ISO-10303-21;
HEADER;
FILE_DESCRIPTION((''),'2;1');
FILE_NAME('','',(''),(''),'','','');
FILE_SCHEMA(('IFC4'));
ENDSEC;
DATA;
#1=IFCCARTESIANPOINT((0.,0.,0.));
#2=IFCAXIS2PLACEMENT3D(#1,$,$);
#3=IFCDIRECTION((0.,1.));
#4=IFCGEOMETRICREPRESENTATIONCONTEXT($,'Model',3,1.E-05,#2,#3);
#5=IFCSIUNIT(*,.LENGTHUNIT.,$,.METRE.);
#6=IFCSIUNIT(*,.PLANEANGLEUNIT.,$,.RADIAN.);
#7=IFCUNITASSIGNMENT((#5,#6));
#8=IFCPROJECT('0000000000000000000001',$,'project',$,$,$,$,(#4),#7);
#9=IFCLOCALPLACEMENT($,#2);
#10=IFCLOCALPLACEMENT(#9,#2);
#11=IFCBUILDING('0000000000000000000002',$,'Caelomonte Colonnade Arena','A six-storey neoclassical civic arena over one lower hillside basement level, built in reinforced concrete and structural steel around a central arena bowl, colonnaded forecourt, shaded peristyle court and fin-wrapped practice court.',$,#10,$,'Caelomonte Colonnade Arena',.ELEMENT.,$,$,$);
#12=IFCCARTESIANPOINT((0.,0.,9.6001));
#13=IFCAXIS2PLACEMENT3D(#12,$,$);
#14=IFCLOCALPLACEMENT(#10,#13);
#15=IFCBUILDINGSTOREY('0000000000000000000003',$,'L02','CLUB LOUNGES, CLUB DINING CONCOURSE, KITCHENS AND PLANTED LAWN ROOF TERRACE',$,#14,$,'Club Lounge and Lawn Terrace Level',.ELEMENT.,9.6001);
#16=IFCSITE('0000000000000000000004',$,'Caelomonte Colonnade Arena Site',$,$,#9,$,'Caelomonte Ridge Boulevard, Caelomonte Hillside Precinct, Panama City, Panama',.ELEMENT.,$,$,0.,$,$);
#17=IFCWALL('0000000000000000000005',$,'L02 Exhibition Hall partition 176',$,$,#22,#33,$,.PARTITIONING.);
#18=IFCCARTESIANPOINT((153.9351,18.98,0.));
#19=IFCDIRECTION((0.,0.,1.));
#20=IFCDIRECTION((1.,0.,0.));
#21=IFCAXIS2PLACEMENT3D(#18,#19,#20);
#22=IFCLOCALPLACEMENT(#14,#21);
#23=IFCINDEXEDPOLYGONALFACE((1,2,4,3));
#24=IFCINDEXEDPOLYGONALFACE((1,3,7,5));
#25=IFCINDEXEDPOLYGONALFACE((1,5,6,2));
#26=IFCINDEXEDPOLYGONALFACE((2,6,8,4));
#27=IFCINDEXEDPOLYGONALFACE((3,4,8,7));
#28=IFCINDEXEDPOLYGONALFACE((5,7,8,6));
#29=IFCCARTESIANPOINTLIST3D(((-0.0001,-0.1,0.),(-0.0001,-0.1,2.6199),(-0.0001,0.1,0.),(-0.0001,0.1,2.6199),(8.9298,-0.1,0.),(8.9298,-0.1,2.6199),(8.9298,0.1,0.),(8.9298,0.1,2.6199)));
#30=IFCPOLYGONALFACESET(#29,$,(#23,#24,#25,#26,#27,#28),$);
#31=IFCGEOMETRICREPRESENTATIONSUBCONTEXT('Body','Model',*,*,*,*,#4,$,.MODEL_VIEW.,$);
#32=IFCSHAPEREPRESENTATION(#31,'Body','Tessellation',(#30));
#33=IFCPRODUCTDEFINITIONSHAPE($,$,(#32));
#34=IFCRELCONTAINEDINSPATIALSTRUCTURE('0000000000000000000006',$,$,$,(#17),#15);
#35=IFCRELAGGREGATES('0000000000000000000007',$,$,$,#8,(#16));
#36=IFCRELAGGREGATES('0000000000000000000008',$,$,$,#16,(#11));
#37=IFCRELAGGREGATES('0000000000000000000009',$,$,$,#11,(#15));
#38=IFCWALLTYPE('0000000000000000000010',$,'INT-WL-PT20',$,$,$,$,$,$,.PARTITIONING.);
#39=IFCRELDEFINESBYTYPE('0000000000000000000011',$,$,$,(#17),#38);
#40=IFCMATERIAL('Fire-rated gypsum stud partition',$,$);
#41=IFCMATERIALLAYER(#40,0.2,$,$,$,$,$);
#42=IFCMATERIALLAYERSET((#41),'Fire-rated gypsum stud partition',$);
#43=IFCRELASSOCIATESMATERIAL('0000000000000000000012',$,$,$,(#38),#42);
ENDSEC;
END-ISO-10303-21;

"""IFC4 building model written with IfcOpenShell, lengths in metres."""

from ifc_helpers import new_model, si_unit, direction, frame, frame_2d, origin, place, context, subcontext, project, spatial, rectangle, extrude, material, layer, layer_set, type_object, element, save


model = new_model("IFC4")

# Units and contexts
model_context = context("Model", 3, precision=1e-05, world=origin(), true_north=direction((0.0, 1.0)))
body_context = subcontext(model_context, "Body", "Model", "MODEL_VIEW")
ifc_project = project(units=[si_unit("LENGTHUNIT", "METRE"), si_unit("PLANEANGLEUNIT", "RADIAN")], contexts=[model_context])

# Site, building, storey
site_placement = place(None, origin())
site = spatial("IfcSite", under=ifc_project, at=site_placement, Name="Caelomonte Colonnade Arena Site", LongName="Caelomonte Ridge Boulevard, Caelomonte Hillside Precinct, Panama City, Panama", CompositionType="ELEMENT", RefElevation=0.0)
building_placement = place(site_placement, origin())
building = spatial("IfcBuilding", under=site, at=building_placement, Name="Caelomonte Colonnade Arena", Description="A six-storey neoclassical civic arena over one lower hillside basement level, built in reinforced concrete and structural steel around a central arena bowl, colonnaded forecourt, shaded peristyle court and fin-wrapped practice court.", LongName="Caelomonte Colonnade Arena", CompositionType="ELEMENT")
storey_placement = place(building_placement, frame((0.0, 0.0, 9.6001)))
storey = spatial("IfcBuildingStorey", under=building, at=storey_placement, Name="L02", Description="CLUB LOUNGES, CLUB DINING CONCOURSE, KITCHENS AND PLANTED LAWN ROOF TERRACE", LongName="Club Lounge and Lawn Terrace Level", CompositionType="ELEMENT", Elevation=9.6001)

# Wall
ifc_material_1 = material(Name="Fire-rated gypsum stud partition")
ifc_layer_1 = layer(ifc_material_1, 0.2)
ifc_layer_set_1 = layer_set([ifc_layer_1], Name="Fire-rated gypsum stud partition")
wall_type_1 = type_object("IfcWallType", Name="INT-WL-PT20", PredefinedType="PARTITIONING", material=ifc_layer_set_1)
wall_1_placement = place(storey_placement, frame((153.9351, 18.98, 0.0), z_axis=(0.0, 0.0, 1.0), x_axis=(1.0, 0.0, 0.0)))
element("IfcWall", 1, at=wall_1_placement, inside=storey, type_object=wall_type_1, Name="L02 Exhibition Hall partition 176", PredefinedType="PARTITIONING", context=body_context, shape_type="SweptSolid", body=[
    extrude(rectangle(XDim=8.9299, YDim=0.2, at=frame_2d((4.4648, 0.0))), origin(), (0.0, 0.0, 1.0), 2.6199),
])

save(model, "model.ifc")
